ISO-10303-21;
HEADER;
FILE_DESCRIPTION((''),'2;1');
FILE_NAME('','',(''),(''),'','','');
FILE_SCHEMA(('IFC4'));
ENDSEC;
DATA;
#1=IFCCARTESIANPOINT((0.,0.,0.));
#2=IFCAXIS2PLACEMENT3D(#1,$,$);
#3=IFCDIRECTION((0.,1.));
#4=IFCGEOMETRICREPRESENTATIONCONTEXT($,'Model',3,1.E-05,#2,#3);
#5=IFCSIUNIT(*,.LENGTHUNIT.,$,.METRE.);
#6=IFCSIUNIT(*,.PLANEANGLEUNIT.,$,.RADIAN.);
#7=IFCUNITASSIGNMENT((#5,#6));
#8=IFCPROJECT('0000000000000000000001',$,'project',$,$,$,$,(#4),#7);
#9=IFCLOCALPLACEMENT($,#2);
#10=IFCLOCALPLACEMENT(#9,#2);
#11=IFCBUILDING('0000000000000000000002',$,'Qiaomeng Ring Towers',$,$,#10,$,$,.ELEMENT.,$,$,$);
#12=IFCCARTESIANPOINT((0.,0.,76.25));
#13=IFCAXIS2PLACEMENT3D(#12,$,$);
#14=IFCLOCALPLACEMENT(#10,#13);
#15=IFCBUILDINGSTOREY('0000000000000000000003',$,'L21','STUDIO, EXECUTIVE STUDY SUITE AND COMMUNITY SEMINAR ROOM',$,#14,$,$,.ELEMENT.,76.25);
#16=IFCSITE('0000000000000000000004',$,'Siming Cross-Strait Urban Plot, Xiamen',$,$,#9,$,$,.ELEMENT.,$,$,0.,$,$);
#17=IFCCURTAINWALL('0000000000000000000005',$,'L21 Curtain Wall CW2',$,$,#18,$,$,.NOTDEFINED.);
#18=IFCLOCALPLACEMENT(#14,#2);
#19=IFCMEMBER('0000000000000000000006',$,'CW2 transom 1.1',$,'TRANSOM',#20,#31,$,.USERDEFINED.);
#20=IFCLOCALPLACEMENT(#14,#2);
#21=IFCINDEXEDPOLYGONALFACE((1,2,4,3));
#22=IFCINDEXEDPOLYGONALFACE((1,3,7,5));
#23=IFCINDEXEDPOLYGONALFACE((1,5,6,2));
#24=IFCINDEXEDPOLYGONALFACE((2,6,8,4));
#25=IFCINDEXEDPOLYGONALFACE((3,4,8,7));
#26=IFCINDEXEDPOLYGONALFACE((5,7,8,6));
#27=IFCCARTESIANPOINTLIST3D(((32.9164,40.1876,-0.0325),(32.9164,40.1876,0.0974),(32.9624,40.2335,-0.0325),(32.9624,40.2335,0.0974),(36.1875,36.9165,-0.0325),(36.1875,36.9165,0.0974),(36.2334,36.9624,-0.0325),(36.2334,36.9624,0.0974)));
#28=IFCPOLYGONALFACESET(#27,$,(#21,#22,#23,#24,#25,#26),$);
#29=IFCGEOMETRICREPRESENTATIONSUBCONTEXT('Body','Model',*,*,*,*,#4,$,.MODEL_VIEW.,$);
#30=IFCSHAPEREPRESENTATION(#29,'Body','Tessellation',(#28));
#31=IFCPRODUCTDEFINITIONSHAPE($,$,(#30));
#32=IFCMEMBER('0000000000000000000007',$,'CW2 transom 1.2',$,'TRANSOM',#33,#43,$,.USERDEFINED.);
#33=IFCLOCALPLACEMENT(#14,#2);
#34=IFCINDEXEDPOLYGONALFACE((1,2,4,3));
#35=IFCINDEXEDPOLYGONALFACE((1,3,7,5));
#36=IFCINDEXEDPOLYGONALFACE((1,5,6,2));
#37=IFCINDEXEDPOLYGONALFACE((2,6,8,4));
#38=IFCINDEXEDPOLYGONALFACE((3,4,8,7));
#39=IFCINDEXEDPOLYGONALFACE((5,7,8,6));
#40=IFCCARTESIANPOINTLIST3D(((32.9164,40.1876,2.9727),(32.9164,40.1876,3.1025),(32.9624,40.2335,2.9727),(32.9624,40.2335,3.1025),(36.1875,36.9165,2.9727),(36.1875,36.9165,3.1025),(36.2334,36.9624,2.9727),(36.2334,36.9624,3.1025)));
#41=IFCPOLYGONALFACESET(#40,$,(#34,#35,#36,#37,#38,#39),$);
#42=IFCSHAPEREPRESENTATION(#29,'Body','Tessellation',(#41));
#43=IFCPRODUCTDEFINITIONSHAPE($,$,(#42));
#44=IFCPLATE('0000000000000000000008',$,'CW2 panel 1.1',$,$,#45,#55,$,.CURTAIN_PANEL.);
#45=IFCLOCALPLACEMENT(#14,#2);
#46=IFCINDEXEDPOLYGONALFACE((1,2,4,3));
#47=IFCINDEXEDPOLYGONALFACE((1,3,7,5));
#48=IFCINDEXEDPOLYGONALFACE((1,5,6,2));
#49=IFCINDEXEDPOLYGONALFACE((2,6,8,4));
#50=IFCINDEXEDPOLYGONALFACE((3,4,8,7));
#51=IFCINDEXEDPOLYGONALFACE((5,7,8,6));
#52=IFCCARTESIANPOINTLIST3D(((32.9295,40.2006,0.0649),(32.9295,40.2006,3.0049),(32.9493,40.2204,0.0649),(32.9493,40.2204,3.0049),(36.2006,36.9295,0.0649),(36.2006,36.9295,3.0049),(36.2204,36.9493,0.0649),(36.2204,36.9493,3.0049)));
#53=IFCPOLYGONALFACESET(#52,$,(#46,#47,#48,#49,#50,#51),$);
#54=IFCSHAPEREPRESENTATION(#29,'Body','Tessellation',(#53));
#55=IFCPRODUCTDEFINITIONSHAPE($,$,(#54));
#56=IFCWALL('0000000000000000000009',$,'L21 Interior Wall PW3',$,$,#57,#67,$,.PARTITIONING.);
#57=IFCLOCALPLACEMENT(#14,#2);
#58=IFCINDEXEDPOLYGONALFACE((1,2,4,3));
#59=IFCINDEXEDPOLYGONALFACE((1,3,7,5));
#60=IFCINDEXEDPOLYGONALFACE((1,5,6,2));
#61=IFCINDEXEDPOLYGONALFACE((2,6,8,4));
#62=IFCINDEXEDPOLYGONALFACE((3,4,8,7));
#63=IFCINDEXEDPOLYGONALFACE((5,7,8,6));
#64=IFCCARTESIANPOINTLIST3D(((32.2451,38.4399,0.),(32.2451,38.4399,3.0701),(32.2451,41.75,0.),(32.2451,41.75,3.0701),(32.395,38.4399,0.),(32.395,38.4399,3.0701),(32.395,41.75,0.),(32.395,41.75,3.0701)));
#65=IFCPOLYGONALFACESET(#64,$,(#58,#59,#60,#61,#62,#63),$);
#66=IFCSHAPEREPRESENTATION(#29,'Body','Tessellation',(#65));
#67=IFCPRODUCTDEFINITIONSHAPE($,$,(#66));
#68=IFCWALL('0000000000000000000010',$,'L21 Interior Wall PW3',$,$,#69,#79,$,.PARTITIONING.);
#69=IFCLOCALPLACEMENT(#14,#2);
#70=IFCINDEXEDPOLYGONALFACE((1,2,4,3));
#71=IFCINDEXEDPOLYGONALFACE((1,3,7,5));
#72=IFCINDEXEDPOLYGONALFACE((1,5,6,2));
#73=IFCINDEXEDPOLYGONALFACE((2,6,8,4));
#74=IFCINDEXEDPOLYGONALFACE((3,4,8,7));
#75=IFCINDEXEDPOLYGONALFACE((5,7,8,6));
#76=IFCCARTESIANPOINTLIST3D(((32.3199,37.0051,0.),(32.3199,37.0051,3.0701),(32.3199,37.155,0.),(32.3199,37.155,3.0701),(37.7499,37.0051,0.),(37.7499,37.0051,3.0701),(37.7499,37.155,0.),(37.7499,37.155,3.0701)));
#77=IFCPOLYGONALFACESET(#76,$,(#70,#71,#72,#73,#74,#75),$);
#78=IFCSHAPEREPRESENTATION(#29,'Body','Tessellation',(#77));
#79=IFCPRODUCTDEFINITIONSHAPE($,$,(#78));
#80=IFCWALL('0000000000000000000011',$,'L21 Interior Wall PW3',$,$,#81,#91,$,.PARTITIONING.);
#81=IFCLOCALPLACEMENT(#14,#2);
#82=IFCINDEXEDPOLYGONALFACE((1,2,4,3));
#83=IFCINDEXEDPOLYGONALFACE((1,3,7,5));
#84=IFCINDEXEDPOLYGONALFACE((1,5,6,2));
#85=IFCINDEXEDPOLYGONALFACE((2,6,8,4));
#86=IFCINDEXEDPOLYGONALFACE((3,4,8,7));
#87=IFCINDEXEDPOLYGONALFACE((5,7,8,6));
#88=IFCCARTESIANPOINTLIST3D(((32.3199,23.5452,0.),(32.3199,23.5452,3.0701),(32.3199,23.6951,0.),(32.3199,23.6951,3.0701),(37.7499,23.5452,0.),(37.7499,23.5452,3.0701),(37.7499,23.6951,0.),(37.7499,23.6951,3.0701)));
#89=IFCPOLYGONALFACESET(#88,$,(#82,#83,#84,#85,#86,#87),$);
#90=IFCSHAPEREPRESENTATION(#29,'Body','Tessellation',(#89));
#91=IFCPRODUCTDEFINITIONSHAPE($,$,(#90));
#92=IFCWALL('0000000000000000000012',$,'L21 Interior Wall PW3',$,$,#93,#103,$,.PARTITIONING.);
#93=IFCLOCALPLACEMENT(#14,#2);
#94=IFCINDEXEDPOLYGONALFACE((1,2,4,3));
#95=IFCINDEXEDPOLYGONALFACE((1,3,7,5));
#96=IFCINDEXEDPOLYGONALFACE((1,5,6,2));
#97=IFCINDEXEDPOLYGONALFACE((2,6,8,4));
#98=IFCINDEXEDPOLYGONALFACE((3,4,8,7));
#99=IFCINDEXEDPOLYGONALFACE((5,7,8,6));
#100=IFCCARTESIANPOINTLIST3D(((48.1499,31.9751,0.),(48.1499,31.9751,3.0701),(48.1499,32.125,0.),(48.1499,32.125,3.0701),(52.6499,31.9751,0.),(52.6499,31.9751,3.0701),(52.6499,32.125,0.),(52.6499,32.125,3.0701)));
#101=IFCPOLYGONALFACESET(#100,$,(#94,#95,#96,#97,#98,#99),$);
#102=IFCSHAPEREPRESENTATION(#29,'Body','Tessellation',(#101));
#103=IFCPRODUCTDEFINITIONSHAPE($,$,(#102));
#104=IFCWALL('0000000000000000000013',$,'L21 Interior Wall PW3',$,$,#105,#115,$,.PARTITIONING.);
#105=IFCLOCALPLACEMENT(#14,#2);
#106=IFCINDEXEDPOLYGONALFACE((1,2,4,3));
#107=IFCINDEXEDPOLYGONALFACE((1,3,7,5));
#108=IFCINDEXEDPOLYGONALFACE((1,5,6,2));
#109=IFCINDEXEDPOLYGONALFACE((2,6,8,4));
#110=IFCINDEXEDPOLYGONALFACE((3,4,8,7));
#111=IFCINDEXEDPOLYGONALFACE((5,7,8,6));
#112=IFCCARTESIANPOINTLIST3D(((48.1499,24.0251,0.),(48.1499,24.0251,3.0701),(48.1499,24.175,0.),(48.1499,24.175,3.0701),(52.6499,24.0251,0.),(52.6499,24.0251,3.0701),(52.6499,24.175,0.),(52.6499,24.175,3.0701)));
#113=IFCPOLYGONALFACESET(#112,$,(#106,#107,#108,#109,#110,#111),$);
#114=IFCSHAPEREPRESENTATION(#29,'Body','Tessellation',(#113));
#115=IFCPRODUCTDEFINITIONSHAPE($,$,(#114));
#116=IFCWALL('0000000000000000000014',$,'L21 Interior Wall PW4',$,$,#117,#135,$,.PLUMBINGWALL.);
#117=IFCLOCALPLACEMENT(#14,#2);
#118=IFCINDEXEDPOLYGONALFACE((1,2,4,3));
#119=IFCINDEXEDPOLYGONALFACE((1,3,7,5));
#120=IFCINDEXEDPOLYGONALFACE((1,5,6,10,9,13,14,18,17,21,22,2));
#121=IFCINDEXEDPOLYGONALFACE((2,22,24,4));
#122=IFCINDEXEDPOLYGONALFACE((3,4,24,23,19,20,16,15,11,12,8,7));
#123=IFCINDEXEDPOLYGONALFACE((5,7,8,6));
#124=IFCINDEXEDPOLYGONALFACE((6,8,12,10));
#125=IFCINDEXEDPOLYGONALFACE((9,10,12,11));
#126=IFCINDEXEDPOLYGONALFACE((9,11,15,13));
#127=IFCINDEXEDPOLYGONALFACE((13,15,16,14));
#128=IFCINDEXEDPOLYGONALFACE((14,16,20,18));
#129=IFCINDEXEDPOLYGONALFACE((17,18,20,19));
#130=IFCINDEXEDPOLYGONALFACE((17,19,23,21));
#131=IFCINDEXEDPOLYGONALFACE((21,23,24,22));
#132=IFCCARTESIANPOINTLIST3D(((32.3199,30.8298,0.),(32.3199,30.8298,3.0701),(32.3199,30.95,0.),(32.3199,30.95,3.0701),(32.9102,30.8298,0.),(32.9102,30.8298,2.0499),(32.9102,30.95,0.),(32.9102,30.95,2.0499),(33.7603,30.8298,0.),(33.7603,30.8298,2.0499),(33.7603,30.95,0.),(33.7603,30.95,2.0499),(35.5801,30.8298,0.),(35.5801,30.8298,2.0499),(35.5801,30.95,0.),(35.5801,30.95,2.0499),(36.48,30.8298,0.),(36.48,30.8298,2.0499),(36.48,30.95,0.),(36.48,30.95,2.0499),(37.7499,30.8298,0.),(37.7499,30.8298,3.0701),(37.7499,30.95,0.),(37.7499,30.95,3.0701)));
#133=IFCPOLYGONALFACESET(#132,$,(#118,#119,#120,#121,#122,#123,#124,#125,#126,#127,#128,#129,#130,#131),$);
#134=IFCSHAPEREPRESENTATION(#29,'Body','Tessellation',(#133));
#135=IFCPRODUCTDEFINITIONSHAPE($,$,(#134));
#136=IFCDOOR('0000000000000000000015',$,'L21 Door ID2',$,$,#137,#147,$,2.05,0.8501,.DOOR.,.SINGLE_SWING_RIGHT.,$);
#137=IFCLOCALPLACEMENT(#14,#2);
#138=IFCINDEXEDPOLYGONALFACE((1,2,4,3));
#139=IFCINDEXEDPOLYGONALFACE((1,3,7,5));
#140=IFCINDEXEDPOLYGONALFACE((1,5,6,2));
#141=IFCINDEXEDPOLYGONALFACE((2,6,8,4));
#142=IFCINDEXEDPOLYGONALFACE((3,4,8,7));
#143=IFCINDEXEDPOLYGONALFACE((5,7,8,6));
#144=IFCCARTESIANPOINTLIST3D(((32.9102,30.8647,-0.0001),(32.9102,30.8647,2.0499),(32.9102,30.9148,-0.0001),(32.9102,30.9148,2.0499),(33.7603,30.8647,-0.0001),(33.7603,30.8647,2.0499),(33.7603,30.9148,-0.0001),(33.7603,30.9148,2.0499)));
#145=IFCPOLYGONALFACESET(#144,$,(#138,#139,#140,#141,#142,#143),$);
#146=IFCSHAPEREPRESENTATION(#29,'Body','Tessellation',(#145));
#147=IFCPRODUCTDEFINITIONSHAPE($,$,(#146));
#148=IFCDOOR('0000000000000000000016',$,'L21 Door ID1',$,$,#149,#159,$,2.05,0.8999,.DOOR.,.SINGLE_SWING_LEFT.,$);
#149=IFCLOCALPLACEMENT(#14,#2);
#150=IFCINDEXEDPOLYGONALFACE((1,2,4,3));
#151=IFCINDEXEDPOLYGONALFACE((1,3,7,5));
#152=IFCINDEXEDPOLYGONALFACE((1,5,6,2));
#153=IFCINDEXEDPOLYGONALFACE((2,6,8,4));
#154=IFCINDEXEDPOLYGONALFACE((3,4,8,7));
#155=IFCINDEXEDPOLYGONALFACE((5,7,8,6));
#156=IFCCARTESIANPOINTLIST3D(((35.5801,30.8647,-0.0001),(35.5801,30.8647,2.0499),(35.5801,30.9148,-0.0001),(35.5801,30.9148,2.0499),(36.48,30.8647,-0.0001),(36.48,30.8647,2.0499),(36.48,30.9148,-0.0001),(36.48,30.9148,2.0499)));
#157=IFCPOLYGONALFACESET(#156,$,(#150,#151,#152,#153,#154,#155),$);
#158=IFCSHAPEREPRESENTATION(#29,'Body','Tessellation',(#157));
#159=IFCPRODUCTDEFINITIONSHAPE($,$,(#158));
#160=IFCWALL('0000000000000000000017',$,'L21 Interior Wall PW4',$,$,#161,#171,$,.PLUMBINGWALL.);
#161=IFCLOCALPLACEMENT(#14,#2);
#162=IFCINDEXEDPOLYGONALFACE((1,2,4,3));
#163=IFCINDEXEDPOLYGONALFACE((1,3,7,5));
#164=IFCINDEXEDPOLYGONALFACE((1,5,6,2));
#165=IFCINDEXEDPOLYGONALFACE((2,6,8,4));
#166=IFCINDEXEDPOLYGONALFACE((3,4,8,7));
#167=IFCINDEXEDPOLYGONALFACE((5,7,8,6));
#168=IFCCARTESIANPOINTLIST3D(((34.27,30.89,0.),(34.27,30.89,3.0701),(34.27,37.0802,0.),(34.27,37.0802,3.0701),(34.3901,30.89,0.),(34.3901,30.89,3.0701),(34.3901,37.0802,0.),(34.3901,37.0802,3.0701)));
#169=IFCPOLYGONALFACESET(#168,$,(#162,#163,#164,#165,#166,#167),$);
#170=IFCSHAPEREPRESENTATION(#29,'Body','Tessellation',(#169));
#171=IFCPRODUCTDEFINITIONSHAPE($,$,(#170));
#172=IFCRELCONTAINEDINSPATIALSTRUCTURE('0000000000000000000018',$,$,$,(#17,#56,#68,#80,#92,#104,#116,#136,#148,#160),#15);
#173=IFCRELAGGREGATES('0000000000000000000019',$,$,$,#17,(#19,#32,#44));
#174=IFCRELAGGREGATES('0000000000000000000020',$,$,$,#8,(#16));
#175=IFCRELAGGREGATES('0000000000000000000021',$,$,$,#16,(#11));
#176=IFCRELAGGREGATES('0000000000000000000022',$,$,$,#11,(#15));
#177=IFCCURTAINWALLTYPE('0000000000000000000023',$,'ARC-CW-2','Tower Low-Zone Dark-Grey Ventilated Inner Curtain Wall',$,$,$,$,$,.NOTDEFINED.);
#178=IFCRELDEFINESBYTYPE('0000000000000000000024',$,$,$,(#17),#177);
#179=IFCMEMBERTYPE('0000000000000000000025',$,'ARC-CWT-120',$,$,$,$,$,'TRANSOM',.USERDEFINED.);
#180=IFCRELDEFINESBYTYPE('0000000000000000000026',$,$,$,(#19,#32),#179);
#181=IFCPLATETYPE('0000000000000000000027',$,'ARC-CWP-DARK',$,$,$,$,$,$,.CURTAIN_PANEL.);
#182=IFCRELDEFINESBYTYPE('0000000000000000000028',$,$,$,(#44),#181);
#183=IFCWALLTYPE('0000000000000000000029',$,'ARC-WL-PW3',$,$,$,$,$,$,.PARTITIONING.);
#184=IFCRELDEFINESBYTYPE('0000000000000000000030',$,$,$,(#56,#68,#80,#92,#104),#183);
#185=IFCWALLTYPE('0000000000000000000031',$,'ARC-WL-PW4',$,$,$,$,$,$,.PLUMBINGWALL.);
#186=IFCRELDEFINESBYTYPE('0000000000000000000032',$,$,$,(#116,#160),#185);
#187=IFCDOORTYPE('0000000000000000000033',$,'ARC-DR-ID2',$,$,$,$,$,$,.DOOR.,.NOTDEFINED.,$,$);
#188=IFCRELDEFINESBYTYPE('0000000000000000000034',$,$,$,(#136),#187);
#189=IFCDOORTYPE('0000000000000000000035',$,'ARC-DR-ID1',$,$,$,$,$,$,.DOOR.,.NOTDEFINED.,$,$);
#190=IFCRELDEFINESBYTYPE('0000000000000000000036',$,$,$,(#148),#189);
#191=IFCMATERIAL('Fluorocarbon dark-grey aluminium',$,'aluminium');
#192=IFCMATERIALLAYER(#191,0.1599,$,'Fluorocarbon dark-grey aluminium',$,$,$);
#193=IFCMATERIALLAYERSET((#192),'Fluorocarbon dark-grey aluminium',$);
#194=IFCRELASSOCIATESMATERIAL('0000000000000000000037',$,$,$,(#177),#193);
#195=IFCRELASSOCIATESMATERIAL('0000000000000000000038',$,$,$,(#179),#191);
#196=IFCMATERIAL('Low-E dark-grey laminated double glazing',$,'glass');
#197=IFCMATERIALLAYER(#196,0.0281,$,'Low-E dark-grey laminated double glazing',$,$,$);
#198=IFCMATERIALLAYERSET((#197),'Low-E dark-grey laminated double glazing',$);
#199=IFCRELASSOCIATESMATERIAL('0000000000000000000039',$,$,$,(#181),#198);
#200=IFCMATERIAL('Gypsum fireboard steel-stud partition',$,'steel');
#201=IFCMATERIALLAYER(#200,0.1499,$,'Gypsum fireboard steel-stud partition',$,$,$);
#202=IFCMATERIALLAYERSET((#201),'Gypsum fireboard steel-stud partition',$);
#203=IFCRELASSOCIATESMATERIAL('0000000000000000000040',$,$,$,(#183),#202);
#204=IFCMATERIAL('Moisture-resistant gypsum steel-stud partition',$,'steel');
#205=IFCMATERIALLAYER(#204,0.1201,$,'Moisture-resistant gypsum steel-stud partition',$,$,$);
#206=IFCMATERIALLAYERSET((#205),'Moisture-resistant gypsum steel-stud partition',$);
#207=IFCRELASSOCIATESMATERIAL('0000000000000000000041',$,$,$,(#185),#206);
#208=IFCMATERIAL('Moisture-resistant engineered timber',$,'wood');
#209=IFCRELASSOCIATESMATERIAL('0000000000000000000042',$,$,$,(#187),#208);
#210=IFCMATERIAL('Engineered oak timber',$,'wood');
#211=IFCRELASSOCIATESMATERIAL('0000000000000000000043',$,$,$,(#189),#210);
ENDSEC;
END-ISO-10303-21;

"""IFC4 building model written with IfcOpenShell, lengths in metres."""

from ifc_helpers import new_model, si_unit, direction, frame, frame_2d, origin, origin_2d, place, context, subcontext, project, spatial, rectangle, extrude, source, transform, mapped, material, layer, layer_set, material_profile, profile_set, type_object, element, fill, aggregate, save


model = new_model("IFC4")

# Units and contexts
model_context = context("Model", 3, precision=1e-05, world=origin(), true_north=direction((0.0, 1.0)))
body_context = subcontext(model_context, "Body", "Model", "MODEL_VIEW")
ifc_project = project(units=[si_unit("LENGTHUNIT", "METRE"), si_unit("PLANEANGLEUNIT", "RADIAN")], contexts=[model_context])

# Site, building, storey
site_placement = place(None, origin())
site = spatial("IfcSite", under=ifc_project, at=site_placement, Name="Siming Cross-Strait Urban Plot, Xiamen", CompositionType="ELEMENT", RefElevation=0.0)
building_placement = place(site_placement, origin())
building = spatial("IfcBuilding", under=site, at=building_placement, Name="Qiaomeng Ring Towers", CompositionType="ELEMENT")
storey_placement = place(building_placement, frame((0.0, 0.0, 76.25)))
storey = spatial("IfcBuildingStorey", under=building, at=storey_placement, Name="L21", Description="STUDIO, EXECUTIVE STUDY SUITE AND COMMUNITY SEMINAR ROOM", CompositionType="ELEMENT", Elevation=76.25)

# Curtain wall, members, plate
ifc_material_1 = material(Name="Fluorocarbon dark-grey aluminium", Category="aluminium")
ifc_layer_1 = layer(ifc_material_1, 0.1599, Name="Fluorocarbon dark-grey aluminium")
ifc_layer_set_1 = layer_set([ifc_layer_1], Name="Fluorocarbon dark-grey aluminium")
curtain_wall_type = type_object("IfcCurtainWallType", Name="ARC-CW-2", Description="Tower Low-Zone Dark-Grey Ventilated Inner Curtain Wall", PredefinedType="NOTDEFINED", material=ifc_layer_set_1)
curtain_wall_placement = place(storey_placement, origin())
curtain_wall = element("IfcCurtainWall", 1, at=curtain_wall_placement, inside=storey, type_object=curtain_wall_type, Name="L21 Curtain Wall CW2", PredefinedType="NOTDEFINED")
ifc_material_profile_1 = material_profile(ifc_material_1, rectangle(XDim=0.0649, YDim=0.1299, at=origin_2d()), Name="ALU TRAN 65x130")
ifc_profile_set_1 = profile_set([ifc_material_profile_1], Name="Fluorocarbon dark-grey aluminium")
member_type_1 = type_object("IfcMemberType", Name="ARC-CWT-120", ElementType="TRANSOM", PredefinedType="USERDEFINED", material=ifc_profile_set_1)
shared_shape_1 = source(origin(), body_context, "Body", "SweptSolid", [
    extrude(rectangle(XDim=0.0649, YDim=0.1299, at=origin_2d()), origin(), (0.0, 0.0, 1.0), 4.626),
])
member_1_placement = place(storey_placement, frame((36.2104, 36.9395, 0.0325), z_axis=(-0.707107, 0.707107, 0.0), x_axis=(-0.707107, -0.707107, 0.0)))
member_1 = element("IfcMember", 2, at=member_1_placement, type_object=member_type_1, Name="CW2 transom 1.1", ObjectType="TRANSOM", PredefinedType="USERDEFINED", context=body_context, shape_type="MappedRepresentation", body=[
    mapped(shared_shape_1, transform((0.0, 0.0, 0.0), x_axis=(1.0, 0.0, 0.0), y_axis=(0.0, 1.0, 0.0), z_axis=(0.0, 0.0, 1.0), scale=1.0)),
])
member_2_placement = place(storey_placement, frame((36.2104, 36.9395, 3.0376), z_axis=(-0.707107, 0.707107, 0.0), x_axis=(-0.707107, -0.707107, 0.0)))
member_2 = element("IfcMember", 3, at=member_2_placement, type_object=member_type_1, Name="CW2 transom 1.2", ObjectType="TRANSOM", PredefinedType="USERDEFINED", context=body_context, shape_type="MappedRepresentation", body=[
    mapped(shared_shape_1, transform((0.0, 0.0, 0.0), x_axis=(1.0, 0.0, 0.0), y_axis=(0.0, 1.0, 0.0), z_axis=(0.0, 0.0, 1.0), scale=1.0)),
])
ifc_material_2 = material(Name="Low-E dark-grey laminated double glazing", Category="glass")
ifc_layer_2 = layer(ifc_material_2, 0.0281, Name="Low-E dark-grey laminated double glazing")
ifc_layer_set_2 = layer_set([ifc_layer_2], Name="Low-E dark-grey laminated double glazing")
plate_type = type_object("IfcPlateType", Name="ARC-CWP-DARK", PredefinedType="CURTAIN_PANEL", material=ifc_layer_set_2)
shared_shape_2 = source(origin(), body_context, "Body", "SweptSolid", [
    extrude(rectangle(XDim=4.626, YDim=0.0281, at=origin_2d()), origin(), (0.0, 0.0, 1.0), 2.9399),
])
plate_placement = place(storey_placement, frame((34.575, 38.575, 0.0649), z_axis=(0.0, 0.0, 1.0), x_axis=(-0.707107, 0.707107, 0.0)))
plate = element("IfcPlate", 4, at=plate_placement, type_object=plate_type, Name="CW2 panel 1.1", PredefinedType="CURTAIN_PANEL", context=body_context, shape_type="MappedRepresentation", body=[
    mapped(shared_shape_2, transform((0.0, 0.0, 0.0), x_axis=(1.0, 0.0, 0.0), y_axis=(0.0, 1.0, 0.0), z_axis=(0.0, 0.0, 1.0), scale=1.0)),
])
aggregate(curtain_wall, [member_1, member_2, plate])

# Walls
ifc_material_3 = material(Name="Gypsum fireboard steel-stud partition", Category="steel")
ifc_layer_3 = layer(ifc_material_3, 0.1499, Name="Gypsum fireboard steel-stud partition")
ifc_layer_set_3 = layer_set([ifc_layer_3], Name="Gypsum fireboard steel-stud partition")
wall_type_1 = type_object("IfcWallType", Name="ARC-WL-PW3", PredefinedType="PARTITIONING", material=ifc_layer_set_3)
wall_1_placement = place(storey_placement, frame((32.3201, 38.4399, 0.0), z_axis=(0.0, 0.0, 1.0), x_axis=(0.0, 1.0, 0.0)))
element("IfcWall", 5, at=wall_1_placement, inside=storey, type_object=wall_type_1, Name="L21 Interior Wall PW3", PredefinedType="PARTITIONING", context=body_context, shape_type="SweptSolid", body=[
    extrude(rectangle(XDim=3.3101, YDim=0.1499, at=frame_2d((1.655, 0.0))), origin(), (0.0, 0.0, 1.0), 3.0701),
])
for number, where, z_axis, x_axis, name in (
    (6, (32.3201, 37.0801, 0.0), (0.0, 0.0, 1.0), (1.0, 0.0, 0.0), "L21 Interior Wall PW3"),
    (7, (32.3201, 23.6201, 0.0), (0.0, 0.0, 1.0), (1.0, 0.0, 0.0), "L21 Interior Wall PW3"),
):
    element("IfcWall", number, at=place(storey_placement, frame(where, z_axis=z_axis, x_axis=x_axis)), inside=storey, type_object=wall_type_1, Name=name, PredefinedType="PARTITIONING", context=body_context, shape_type="SweptSolid", body=[
        extrude(rectangle(XDim=5.4299, YDim=0.1499, at=frame_2d((2.7148, 0.0))), origin(), (0.0, 0.0, 1.0), 3.0701),
    ])
for number, where, z_axis, x_axis, name in (
    (8, (48.1499, 32.05, 0.0), (0.0, 0.0, 1.0), (1.0, 0.0, 0.0), "L21 Interior Wall PW3"),
    (9, (48.1499, 24.1001, 0.0), (0.0, 0.0, 1.0), (1.0, 0.0, 0.0), "L21 Interior Wall PW3"),
):
    element("IfcWall", number, at=place(storey_placement, frame(where, z_axis=z_axis, x_axis=x_axis)), inside=storey, type_object=wall_type_1, Name=name, PredefinedType="PARTITIONING", context=body_context, shape_type="SweptSolid", body=[
        extrude(rectangle(XDim=4.5, YDim=0.1499, at=frame_2d((2.25, 0.0))), origin(), (0.0, 0.0, 1.0), 3.0701),
    ])

# Wall, openings, doors
ifc_material_4 = material(Name="Moisture-resistant gypsum steel-stud partition", Category="steel")
ifc_layer_4 = layer(ifc_material_4, 0.1201, Name="Moisture-resistant gypsum steel-stud partition")
ifc_layer_set_4 = layer_set([ifc_layer_4], Name="Moisture-resistant gypsum steel-stud partition")
wall_type_2 = type_object("IfcWallType", Name="ARC-WL-PW4", PredefinedType="PLUMBINGWALL", material=ifc_layer_set_4)
wall_2_placement = place(storey_placement, frame((32.3201, 30.8899, 0.0), z_axis=(0.0, 0.0, 1.0), x_axis=(1.0, 0.0, 0.0)))
wall_2 = element("IfcWall", 10, at=wall_2_placement, inside=storey, type_object=wall_type_2, Name="L21 Interior Wall PW4", PredefinedType="PLUMBINGWALL", context=body_context, shape_type="SweptSolid", body=[
    extrude(rectangle(XDim=5.4299, YDim=0.1201, at=frame_2d((2.7148, 0.0))), origin(), (0.0, 0.0, 1.0), 3.0701),
])
opening_1_placement = place(wall_2_placement, frame((0.5901, 0.0, 0.0)))
opening_1 = element("IfcOpeningElement", 11, at=opening_1_placement, cuts=wall_2, PredefinedType="OPENING", context=body_context, shape_type="SweptSolid", body=[
    extrude(rectangle(XDim=0.8501, YDim=2.05, at=frame_2d((0.425, 1.0249))), frame((0.0, 0.0701, 0.0), z_axis=(0.0, -1.0, 0.0), x_axis=(1.0, 0.0, 0.0)), (0.0, 0.0, 1.0), 0.1401),
])
opening_2_placement = place(wall_2_placement, frame((3.26, 0.0, 0.0)))
opening_2 = element("IfcOpeningElement", 12, at=opening_2_placement, cuts=wall_2, PredefinedType="OPENING", context=body_context, shape_type="SweptSolid", body=[
    extrude(rectangle(XDim=0.8999, YDim=2.05, at=frame_2d((0.45, 1.0249))), frame((0.0, 0.0701, 0.0), z_axis=(0.0, -1.0, 0.0), x_axis=(1.0, 0.0, 0.0)), (0.0, 0.0, 1.0), 0.1401),
])
ifc_material_5 = material(Name="Moisture-resistant engineered timber", Category="wood")
door_type_1 = type_object("IfcDoorType", Name="ARC-DR-ID2", OperationType="NOTDEFINED", PredefinedType="DOOR", material=ifc_material_5)
shared_shape_3 = source(origin(), body_context, "Body", "SweptSolid", [
    extrude(rectangle(XDim=0.8501, YDim=2.05, at=frame_2d((0.425, 1.0249))), frame((0.0, 0.0249, 0.0), z_axis=(0.0, -1.0, 0.0), x_axis=(1.0, 0.0, 0.0)), (0.0, 0.0, 1.0), 0.05),
])
door_1_placement = place(opening_1_placement, origin())
door_1 = element("IfcDoor", 13, at=door_1_placement, inside=storey, type_object=door_type_1, Name="L21 Door ID2", OperationType="SINGLE_SWING_RIGHT", OverallHeight=2.05, OverallWidth=0.8501, PredefinedType="DOOR", context=body_context, shape_type="MappedRepresentation", body=[
    mapped(shared_shape_3, transform((0.0, 0.0, 0.0), x_axis=(1.0, 0.0, 0.0), y_axis=(0.0, 1.0, 0.0), z_axis=(0.0, 0.0, 1.0), scale=1.0)),
])
fill(opening_1, door_1)
ifc_material_6 = material(Name="Engineered oak timber", Category="wood")
door_type_2 = type_object("IfcDoorType", Name="ARC-DR-ID1", OperationType="NOTDEFINED", PredefinedType="DOOR", material=ifc_material_6)
shared_shape_4 = source(origin(), body_context, "Body", "SweptSolid", [
    extrude(rectangle(XDim=0.8999, YDim=2.05, at=frame_2d((0.45, 1.0249))), frame((0.0, 0.0249, 0.0), z_axis=(0.0, -1.0, 0.0), x_axis=(1.0, 0.0, 0.0)), (0.0, 0.0, 1.0), 0.05),
])
door_2_placement = place(opening_2_placement, origin())
door_2 = element("IfcDoor", 14, at=door_2_placement, inside=storey, type_object=door_type_2, Name="L21 Door ID1", OperationType="SINGLE_SWING_LEFT", OverallHeight=2.05, OverallWidth=0.8999, PredefinedType="DOOR", context=body_context, shape_type="MappedRepresentation", body=[
    mapped(shared_shape_4, transform((0.0, 0.0, 0.0), x_axis=(1.0, 0.0, 0.0), y_axis=(0.0, 1.0, 0.0), z_axis=(0.0, 0.0, 1.0), scale=1.0)),
])
fill(opening_2, door_2)

# Wall
wall_3_placement = place(storey_placement, frame((34.3301, 30.8899, 0.0), z_axis=(0.0, 0.0, 1.0), x_axis=(0.0, 1.0, 0.0)))
element("IfcWall", 15, at=wall_3_placement, inside=storey, type_object=wall_type_2, Name="L21 Interior Wall PW4", PredefinedType="PLUMBINGWALL", context=body_context, shape_type="SweptSolid", body=[
    extrude(rectangle(XDim=6.1902, YDim=0.1201, at=frame_2d((3.0952, 0.0))), origin(), (0.0, 0.0, 1.0), 3.0701),
])

save(model, "model.ifc")
